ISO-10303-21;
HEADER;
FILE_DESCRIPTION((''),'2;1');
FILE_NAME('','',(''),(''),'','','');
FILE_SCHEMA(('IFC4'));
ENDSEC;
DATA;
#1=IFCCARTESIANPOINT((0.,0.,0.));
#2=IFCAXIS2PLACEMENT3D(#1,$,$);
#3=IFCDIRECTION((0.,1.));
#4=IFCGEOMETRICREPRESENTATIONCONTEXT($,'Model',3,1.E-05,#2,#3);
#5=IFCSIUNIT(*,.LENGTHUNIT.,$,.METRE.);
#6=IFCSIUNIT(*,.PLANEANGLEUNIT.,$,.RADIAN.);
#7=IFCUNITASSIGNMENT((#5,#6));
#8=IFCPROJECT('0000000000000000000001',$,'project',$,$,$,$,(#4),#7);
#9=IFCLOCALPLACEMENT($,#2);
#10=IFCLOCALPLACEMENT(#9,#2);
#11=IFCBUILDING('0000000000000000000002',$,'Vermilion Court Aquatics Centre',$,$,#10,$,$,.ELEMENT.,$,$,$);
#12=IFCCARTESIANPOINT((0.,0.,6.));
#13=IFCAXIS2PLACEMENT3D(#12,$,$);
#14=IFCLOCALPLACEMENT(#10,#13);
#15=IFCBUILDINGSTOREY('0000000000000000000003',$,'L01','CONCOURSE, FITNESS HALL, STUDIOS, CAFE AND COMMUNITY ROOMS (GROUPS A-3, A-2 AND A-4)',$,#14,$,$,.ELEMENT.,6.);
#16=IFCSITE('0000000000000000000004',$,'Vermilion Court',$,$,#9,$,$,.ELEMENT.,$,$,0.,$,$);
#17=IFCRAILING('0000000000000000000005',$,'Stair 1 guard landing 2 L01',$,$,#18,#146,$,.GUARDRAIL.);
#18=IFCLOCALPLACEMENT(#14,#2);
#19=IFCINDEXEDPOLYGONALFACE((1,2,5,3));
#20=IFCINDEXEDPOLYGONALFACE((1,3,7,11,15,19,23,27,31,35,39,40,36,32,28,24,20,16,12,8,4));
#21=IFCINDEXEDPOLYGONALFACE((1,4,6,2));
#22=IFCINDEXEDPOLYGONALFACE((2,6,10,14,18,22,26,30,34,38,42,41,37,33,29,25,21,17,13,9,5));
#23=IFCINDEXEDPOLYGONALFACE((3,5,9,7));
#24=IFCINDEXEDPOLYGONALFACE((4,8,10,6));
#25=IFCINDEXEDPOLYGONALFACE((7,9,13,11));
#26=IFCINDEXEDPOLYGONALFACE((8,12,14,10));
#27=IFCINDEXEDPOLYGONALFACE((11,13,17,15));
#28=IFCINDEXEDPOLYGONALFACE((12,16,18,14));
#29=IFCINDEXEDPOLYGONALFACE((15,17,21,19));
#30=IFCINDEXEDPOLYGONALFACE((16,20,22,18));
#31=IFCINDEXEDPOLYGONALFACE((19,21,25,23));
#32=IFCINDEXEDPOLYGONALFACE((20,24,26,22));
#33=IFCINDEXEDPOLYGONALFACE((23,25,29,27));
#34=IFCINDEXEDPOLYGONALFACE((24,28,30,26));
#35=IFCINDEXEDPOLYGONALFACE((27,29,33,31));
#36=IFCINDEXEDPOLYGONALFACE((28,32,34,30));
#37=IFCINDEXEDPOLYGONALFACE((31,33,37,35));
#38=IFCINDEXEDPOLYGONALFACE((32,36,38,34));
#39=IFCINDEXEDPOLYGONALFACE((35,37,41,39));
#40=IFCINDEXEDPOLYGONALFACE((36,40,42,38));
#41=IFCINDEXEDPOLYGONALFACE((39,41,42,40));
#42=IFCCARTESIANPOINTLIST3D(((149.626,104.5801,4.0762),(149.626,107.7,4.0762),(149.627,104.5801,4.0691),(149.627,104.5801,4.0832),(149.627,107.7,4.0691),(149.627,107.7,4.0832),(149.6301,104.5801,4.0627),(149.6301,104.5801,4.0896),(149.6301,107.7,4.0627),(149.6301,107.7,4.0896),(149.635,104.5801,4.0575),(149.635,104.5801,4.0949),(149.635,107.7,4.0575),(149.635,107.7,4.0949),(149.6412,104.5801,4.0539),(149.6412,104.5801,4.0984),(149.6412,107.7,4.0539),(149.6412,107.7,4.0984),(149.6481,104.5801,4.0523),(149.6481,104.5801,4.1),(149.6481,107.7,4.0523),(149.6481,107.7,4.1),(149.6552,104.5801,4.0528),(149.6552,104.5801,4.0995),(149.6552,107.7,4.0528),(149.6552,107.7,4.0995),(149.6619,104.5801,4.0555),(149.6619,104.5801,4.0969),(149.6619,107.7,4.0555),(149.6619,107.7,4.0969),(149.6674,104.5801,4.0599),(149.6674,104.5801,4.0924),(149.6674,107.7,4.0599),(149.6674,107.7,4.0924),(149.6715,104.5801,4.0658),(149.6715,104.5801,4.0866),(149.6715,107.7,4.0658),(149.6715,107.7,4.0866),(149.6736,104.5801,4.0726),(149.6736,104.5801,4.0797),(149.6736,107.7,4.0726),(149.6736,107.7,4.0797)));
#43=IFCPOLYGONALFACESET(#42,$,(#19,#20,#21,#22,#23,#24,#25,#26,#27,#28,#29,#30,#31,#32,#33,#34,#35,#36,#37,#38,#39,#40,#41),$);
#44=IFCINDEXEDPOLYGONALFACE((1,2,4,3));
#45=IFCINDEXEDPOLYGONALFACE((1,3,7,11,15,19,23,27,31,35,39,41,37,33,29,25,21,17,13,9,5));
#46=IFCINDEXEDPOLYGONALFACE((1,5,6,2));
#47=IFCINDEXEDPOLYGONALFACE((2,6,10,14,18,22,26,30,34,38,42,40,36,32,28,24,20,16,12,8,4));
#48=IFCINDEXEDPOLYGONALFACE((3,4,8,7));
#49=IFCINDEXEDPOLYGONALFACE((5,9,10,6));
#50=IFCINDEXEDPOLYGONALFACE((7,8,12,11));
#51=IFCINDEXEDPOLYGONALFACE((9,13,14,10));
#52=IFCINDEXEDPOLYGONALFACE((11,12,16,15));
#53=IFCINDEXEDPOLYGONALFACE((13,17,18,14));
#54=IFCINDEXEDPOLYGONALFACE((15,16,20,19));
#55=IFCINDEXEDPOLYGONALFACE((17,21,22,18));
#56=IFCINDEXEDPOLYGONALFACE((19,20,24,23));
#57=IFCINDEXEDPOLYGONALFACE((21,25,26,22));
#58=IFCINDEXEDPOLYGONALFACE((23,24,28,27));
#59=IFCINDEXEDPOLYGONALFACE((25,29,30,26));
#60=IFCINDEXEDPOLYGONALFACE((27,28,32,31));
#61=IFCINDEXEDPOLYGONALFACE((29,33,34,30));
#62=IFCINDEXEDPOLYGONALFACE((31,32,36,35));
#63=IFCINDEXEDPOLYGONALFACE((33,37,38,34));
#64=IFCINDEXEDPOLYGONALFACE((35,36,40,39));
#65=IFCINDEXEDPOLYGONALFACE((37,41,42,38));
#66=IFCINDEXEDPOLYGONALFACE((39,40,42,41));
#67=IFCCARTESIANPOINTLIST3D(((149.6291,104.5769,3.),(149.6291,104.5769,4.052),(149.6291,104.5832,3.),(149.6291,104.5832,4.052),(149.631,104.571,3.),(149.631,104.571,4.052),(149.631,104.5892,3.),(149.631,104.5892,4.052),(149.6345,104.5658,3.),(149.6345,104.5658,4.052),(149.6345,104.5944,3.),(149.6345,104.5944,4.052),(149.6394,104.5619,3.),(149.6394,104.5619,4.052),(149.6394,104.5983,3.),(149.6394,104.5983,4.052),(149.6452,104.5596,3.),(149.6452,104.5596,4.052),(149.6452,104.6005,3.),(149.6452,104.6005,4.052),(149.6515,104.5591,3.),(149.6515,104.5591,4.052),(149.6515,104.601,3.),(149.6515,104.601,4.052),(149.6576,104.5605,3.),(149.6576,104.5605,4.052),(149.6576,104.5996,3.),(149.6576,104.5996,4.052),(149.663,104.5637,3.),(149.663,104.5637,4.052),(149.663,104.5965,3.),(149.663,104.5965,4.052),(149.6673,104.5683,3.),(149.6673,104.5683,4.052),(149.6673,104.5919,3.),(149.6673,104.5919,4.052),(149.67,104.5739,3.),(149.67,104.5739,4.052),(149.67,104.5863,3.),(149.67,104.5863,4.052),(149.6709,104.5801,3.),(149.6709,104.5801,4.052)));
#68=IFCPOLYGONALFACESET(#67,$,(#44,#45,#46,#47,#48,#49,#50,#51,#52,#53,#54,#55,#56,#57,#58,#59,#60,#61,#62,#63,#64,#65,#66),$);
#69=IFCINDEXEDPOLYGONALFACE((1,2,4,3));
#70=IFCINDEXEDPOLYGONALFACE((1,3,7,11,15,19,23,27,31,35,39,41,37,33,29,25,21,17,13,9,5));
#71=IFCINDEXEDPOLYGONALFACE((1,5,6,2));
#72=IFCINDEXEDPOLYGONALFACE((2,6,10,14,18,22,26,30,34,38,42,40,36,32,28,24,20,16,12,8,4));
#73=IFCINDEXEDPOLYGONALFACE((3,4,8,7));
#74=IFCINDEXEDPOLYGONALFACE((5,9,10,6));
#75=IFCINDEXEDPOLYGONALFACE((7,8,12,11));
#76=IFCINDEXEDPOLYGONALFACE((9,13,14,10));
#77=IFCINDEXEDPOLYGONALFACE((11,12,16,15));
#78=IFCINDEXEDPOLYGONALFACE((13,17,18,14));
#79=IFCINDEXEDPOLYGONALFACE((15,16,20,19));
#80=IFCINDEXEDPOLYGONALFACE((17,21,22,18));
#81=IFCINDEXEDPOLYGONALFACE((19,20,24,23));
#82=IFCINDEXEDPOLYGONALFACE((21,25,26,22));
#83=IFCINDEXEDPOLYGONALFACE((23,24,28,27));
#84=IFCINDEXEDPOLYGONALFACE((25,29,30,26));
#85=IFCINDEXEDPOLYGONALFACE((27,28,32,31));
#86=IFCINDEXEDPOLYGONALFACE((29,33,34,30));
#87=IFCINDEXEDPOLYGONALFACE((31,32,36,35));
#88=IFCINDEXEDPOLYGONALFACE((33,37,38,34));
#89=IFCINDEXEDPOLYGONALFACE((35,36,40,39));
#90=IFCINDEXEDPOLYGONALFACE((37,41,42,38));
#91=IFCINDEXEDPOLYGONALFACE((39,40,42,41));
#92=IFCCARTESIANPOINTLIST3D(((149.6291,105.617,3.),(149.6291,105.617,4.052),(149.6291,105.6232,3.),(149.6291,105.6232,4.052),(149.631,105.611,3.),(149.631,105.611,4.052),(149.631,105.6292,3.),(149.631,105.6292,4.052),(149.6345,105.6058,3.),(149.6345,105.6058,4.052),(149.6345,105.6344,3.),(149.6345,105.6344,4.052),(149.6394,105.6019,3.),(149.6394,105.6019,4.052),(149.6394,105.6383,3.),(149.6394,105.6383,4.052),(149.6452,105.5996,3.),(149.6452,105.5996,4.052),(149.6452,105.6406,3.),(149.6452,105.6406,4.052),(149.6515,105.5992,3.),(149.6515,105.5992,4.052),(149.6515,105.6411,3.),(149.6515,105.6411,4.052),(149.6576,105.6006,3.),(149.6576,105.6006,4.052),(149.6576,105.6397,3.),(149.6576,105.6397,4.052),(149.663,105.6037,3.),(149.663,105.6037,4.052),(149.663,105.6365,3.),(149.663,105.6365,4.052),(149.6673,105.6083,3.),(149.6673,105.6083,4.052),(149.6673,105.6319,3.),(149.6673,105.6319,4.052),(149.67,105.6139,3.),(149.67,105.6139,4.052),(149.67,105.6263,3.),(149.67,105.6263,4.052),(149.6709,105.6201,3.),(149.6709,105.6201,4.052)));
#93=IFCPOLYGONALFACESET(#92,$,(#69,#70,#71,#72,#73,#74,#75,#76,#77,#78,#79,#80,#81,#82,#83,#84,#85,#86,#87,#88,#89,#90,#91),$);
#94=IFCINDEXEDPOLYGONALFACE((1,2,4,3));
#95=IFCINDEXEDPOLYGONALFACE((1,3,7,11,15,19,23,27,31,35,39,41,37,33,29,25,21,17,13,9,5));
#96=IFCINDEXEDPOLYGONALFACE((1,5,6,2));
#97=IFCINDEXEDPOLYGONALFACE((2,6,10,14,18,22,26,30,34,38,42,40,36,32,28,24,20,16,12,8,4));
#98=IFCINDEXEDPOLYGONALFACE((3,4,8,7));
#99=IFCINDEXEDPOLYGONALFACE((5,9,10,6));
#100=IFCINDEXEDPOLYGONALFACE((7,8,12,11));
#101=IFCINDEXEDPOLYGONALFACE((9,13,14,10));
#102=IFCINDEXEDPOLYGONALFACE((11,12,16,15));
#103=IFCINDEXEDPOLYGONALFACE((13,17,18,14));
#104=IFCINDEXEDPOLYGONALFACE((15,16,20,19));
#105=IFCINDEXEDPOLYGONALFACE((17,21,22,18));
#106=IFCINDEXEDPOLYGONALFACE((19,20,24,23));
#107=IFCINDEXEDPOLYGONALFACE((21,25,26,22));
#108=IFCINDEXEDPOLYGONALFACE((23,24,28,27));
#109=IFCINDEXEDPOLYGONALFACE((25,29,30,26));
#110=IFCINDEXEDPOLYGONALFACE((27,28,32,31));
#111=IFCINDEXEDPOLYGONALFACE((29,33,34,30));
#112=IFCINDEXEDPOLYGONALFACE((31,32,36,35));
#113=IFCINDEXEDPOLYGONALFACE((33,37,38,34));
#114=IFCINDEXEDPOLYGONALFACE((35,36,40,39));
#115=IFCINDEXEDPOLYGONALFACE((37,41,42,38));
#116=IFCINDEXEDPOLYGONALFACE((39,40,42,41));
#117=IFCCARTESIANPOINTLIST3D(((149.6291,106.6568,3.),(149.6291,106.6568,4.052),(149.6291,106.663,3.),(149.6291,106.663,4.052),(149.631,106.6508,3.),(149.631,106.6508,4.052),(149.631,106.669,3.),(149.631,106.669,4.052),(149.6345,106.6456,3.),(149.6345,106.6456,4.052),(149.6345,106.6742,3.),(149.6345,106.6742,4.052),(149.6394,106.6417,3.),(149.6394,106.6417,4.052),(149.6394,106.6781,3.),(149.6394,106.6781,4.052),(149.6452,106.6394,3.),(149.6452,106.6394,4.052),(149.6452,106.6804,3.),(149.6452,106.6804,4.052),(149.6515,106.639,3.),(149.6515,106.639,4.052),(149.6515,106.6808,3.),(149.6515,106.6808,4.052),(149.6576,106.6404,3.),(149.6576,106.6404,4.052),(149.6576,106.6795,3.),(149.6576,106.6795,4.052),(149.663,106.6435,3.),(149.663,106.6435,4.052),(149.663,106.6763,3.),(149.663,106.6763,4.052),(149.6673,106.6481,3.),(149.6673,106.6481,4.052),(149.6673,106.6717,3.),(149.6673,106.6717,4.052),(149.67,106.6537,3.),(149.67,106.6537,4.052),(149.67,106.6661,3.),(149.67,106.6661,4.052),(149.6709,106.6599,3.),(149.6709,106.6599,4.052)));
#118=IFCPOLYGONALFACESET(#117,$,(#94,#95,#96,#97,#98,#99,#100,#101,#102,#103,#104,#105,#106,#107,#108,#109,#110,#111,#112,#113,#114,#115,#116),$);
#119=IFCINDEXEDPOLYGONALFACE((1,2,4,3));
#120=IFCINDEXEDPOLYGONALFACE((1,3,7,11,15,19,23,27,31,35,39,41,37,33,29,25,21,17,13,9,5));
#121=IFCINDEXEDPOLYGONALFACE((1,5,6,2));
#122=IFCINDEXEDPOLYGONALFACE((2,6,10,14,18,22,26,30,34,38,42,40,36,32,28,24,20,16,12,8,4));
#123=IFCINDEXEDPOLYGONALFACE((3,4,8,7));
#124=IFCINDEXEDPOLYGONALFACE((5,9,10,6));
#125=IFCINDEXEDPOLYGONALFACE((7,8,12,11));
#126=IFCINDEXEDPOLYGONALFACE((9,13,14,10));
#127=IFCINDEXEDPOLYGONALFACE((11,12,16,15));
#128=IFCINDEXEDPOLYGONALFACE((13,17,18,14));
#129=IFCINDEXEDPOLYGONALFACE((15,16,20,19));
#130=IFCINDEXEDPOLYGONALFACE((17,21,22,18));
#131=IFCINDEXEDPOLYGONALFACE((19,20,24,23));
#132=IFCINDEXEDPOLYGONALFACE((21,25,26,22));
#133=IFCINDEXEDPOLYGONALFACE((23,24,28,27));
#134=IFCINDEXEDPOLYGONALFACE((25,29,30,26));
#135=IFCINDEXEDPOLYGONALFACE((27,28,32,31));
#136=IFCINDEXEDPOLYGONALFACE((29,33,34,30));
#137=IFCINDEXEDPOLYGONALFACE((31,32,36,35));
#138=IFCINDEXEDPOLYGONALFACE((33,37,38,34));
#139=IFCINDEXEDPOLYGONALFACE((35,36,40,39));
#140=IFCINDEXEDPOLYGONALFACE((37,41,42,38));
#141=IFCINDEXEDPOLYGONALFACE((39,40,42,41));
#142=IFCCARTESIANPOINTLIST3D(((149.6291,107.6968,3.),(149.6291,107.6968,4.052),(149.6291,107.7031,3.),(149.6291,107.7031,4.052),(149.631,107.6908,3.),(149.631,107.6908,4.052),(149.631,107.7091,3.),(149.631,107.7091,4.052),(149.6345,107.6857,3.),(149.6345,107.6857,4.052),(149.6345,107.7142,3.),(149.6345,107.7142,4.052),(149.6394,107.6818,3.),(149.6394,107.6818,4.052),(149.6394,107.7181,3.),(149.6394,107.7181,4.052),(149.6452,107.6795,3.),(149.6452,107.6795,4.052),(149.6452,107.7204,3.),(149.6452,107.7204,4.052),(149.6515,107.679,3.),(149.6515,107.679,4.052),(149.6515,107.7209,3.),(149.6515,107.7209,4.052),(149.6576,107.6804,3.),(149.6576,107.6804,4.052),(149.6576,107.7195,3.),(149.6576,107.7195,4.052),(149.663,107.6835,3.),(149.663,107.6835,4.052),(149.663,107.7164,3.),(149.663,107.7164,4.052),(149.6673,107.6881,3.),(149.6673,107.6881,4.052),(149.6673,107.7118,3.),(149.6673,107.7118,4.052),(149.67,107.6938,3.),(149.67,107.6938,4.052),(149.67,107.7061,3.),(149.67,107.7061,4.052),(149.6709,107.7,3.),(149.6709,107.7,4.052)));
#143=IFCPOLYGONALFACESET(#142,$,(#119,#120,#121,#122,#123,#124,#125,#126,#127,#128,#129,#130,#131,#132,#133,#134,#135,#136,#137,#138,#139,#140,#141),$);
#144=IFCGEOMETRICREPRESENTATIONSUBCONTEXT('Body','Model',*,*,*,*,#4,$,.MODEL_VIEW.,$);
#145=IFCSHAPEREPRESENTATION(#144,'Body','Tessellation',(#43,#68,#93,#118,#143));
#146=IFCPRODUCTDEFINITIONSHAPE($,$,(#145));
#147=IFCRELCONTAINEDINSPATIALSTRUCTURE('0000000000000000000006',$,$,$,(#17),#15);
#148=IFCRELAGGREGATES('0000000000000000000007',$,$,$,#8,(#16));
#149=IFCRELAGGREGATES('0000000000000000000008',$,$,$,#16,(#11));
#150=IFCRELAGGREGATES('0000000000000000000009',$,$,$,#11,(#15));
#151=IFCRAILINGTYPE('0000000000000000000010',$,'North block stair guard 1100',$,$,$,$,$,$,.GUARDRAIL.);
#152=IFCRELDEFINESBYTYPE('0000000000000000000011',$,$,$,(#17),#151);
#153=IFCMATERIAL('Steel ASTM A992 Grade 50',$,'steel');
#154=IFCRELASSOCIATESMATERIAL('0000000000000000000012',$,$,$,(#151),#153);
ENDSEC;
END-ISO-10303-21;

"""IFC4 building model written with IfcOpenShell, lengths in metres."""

from ifc_helpers import new_model, si_unit, direction, frame, origin, origin_2d, place, context, subcontext, project, spatial, circle, extrude, material, type_object, element, save


model = new_model("IFC4")

# Units and contexts
model_context = context("Model", 3, precision=1e-05, world=origin(), true_north=direction((0.0, 1.0)))
body_context = subcontext(model_context, "Body", "Model", "MODEL_VIEW")
ifc_project = project(units=[si_unit("LENGTHUNIT", "METRE"), si_unit("PLANEANGLEUNIT", "RADIAN")], contexts=[model_context])

# Site, building, storey
site_placement = place(None, origin())
site = spatial("IfcSite", under=ifc_project, at=site_placement, Name="Vermilion Court", CompositionType="ELEMENT", RefElevation=0.0)
building_placement = place(site_placement, origin())
building = spatial("IfcBuilding", under=site, at=building_placement, Name="Vermilion Court Aquatics Centre", CompositionType="ELEMENT")
storey_placement = place(building_placement, frame((0.0, 0.0, 6.0)))
storey = spatial("IfcBuildingStorey", under=building, at=storey_placement, Name="L01", Description="CONCOURSE, FITNESS HALL, STUDIOS, CAFE AND COMMUNITY ROOMS (GROUPS A-3, A-2 AND A-4)", CompositionType="ELEMENT", Elevation=6.0)

# Railing
ifc_material_1 = material(Name="Steel ASTM A992 Grade 50", Category="steel")
railing_type_1 = type_object("IfcRailingType", Name="North block stair guard 1100", PredefinedType="GUARDRAIL", material=ifc_material_1)
railing_1_placement = place(storey_placement, frame((149.6499, 104.5801, 3.0)))
element("IfcRailing", 1, at=railing_1_placement, inside=storey, type_object=railing_type_1, Name="Stair 1 guard landing 2 L01", PredefinedType="GUARDRAIL", context=body_context, shape_type="SweptSolid", body=[
    extrude(circle(Radius=0.0239, at=origin_2d()), frame((0.0, 0.0, 1.0762), z_axis=(0.0, 1.0, 0.0), x_axis=(-1.0, 0.0, 0.0)), (0.0, 0.0, 1.0), 3.1199),
    extrude(circle(Radius=0.021, at=origin_2d()), origin(), (0.0, 0.0, 1.0), 1.052),
    extrude(circle(Radius=0.021, at=origin_2d()), frame((0.0, 1.04, 0.0)), (0.0, 0.0, 1.0), 1.052),
    extrude(circle(Radius=0.021, at=origin_2d()), frame((0.0, 2.0798, 0.0)), (0.0, 0.0, 1.0), 1.052),
    extrude(circle(Radius=0.021, at=origin_2d()), frame((0.0, 3.1199, 0.0)), (0.0, 0.0, 1.0), 1.052),
])

save(model, "model.ifc")
